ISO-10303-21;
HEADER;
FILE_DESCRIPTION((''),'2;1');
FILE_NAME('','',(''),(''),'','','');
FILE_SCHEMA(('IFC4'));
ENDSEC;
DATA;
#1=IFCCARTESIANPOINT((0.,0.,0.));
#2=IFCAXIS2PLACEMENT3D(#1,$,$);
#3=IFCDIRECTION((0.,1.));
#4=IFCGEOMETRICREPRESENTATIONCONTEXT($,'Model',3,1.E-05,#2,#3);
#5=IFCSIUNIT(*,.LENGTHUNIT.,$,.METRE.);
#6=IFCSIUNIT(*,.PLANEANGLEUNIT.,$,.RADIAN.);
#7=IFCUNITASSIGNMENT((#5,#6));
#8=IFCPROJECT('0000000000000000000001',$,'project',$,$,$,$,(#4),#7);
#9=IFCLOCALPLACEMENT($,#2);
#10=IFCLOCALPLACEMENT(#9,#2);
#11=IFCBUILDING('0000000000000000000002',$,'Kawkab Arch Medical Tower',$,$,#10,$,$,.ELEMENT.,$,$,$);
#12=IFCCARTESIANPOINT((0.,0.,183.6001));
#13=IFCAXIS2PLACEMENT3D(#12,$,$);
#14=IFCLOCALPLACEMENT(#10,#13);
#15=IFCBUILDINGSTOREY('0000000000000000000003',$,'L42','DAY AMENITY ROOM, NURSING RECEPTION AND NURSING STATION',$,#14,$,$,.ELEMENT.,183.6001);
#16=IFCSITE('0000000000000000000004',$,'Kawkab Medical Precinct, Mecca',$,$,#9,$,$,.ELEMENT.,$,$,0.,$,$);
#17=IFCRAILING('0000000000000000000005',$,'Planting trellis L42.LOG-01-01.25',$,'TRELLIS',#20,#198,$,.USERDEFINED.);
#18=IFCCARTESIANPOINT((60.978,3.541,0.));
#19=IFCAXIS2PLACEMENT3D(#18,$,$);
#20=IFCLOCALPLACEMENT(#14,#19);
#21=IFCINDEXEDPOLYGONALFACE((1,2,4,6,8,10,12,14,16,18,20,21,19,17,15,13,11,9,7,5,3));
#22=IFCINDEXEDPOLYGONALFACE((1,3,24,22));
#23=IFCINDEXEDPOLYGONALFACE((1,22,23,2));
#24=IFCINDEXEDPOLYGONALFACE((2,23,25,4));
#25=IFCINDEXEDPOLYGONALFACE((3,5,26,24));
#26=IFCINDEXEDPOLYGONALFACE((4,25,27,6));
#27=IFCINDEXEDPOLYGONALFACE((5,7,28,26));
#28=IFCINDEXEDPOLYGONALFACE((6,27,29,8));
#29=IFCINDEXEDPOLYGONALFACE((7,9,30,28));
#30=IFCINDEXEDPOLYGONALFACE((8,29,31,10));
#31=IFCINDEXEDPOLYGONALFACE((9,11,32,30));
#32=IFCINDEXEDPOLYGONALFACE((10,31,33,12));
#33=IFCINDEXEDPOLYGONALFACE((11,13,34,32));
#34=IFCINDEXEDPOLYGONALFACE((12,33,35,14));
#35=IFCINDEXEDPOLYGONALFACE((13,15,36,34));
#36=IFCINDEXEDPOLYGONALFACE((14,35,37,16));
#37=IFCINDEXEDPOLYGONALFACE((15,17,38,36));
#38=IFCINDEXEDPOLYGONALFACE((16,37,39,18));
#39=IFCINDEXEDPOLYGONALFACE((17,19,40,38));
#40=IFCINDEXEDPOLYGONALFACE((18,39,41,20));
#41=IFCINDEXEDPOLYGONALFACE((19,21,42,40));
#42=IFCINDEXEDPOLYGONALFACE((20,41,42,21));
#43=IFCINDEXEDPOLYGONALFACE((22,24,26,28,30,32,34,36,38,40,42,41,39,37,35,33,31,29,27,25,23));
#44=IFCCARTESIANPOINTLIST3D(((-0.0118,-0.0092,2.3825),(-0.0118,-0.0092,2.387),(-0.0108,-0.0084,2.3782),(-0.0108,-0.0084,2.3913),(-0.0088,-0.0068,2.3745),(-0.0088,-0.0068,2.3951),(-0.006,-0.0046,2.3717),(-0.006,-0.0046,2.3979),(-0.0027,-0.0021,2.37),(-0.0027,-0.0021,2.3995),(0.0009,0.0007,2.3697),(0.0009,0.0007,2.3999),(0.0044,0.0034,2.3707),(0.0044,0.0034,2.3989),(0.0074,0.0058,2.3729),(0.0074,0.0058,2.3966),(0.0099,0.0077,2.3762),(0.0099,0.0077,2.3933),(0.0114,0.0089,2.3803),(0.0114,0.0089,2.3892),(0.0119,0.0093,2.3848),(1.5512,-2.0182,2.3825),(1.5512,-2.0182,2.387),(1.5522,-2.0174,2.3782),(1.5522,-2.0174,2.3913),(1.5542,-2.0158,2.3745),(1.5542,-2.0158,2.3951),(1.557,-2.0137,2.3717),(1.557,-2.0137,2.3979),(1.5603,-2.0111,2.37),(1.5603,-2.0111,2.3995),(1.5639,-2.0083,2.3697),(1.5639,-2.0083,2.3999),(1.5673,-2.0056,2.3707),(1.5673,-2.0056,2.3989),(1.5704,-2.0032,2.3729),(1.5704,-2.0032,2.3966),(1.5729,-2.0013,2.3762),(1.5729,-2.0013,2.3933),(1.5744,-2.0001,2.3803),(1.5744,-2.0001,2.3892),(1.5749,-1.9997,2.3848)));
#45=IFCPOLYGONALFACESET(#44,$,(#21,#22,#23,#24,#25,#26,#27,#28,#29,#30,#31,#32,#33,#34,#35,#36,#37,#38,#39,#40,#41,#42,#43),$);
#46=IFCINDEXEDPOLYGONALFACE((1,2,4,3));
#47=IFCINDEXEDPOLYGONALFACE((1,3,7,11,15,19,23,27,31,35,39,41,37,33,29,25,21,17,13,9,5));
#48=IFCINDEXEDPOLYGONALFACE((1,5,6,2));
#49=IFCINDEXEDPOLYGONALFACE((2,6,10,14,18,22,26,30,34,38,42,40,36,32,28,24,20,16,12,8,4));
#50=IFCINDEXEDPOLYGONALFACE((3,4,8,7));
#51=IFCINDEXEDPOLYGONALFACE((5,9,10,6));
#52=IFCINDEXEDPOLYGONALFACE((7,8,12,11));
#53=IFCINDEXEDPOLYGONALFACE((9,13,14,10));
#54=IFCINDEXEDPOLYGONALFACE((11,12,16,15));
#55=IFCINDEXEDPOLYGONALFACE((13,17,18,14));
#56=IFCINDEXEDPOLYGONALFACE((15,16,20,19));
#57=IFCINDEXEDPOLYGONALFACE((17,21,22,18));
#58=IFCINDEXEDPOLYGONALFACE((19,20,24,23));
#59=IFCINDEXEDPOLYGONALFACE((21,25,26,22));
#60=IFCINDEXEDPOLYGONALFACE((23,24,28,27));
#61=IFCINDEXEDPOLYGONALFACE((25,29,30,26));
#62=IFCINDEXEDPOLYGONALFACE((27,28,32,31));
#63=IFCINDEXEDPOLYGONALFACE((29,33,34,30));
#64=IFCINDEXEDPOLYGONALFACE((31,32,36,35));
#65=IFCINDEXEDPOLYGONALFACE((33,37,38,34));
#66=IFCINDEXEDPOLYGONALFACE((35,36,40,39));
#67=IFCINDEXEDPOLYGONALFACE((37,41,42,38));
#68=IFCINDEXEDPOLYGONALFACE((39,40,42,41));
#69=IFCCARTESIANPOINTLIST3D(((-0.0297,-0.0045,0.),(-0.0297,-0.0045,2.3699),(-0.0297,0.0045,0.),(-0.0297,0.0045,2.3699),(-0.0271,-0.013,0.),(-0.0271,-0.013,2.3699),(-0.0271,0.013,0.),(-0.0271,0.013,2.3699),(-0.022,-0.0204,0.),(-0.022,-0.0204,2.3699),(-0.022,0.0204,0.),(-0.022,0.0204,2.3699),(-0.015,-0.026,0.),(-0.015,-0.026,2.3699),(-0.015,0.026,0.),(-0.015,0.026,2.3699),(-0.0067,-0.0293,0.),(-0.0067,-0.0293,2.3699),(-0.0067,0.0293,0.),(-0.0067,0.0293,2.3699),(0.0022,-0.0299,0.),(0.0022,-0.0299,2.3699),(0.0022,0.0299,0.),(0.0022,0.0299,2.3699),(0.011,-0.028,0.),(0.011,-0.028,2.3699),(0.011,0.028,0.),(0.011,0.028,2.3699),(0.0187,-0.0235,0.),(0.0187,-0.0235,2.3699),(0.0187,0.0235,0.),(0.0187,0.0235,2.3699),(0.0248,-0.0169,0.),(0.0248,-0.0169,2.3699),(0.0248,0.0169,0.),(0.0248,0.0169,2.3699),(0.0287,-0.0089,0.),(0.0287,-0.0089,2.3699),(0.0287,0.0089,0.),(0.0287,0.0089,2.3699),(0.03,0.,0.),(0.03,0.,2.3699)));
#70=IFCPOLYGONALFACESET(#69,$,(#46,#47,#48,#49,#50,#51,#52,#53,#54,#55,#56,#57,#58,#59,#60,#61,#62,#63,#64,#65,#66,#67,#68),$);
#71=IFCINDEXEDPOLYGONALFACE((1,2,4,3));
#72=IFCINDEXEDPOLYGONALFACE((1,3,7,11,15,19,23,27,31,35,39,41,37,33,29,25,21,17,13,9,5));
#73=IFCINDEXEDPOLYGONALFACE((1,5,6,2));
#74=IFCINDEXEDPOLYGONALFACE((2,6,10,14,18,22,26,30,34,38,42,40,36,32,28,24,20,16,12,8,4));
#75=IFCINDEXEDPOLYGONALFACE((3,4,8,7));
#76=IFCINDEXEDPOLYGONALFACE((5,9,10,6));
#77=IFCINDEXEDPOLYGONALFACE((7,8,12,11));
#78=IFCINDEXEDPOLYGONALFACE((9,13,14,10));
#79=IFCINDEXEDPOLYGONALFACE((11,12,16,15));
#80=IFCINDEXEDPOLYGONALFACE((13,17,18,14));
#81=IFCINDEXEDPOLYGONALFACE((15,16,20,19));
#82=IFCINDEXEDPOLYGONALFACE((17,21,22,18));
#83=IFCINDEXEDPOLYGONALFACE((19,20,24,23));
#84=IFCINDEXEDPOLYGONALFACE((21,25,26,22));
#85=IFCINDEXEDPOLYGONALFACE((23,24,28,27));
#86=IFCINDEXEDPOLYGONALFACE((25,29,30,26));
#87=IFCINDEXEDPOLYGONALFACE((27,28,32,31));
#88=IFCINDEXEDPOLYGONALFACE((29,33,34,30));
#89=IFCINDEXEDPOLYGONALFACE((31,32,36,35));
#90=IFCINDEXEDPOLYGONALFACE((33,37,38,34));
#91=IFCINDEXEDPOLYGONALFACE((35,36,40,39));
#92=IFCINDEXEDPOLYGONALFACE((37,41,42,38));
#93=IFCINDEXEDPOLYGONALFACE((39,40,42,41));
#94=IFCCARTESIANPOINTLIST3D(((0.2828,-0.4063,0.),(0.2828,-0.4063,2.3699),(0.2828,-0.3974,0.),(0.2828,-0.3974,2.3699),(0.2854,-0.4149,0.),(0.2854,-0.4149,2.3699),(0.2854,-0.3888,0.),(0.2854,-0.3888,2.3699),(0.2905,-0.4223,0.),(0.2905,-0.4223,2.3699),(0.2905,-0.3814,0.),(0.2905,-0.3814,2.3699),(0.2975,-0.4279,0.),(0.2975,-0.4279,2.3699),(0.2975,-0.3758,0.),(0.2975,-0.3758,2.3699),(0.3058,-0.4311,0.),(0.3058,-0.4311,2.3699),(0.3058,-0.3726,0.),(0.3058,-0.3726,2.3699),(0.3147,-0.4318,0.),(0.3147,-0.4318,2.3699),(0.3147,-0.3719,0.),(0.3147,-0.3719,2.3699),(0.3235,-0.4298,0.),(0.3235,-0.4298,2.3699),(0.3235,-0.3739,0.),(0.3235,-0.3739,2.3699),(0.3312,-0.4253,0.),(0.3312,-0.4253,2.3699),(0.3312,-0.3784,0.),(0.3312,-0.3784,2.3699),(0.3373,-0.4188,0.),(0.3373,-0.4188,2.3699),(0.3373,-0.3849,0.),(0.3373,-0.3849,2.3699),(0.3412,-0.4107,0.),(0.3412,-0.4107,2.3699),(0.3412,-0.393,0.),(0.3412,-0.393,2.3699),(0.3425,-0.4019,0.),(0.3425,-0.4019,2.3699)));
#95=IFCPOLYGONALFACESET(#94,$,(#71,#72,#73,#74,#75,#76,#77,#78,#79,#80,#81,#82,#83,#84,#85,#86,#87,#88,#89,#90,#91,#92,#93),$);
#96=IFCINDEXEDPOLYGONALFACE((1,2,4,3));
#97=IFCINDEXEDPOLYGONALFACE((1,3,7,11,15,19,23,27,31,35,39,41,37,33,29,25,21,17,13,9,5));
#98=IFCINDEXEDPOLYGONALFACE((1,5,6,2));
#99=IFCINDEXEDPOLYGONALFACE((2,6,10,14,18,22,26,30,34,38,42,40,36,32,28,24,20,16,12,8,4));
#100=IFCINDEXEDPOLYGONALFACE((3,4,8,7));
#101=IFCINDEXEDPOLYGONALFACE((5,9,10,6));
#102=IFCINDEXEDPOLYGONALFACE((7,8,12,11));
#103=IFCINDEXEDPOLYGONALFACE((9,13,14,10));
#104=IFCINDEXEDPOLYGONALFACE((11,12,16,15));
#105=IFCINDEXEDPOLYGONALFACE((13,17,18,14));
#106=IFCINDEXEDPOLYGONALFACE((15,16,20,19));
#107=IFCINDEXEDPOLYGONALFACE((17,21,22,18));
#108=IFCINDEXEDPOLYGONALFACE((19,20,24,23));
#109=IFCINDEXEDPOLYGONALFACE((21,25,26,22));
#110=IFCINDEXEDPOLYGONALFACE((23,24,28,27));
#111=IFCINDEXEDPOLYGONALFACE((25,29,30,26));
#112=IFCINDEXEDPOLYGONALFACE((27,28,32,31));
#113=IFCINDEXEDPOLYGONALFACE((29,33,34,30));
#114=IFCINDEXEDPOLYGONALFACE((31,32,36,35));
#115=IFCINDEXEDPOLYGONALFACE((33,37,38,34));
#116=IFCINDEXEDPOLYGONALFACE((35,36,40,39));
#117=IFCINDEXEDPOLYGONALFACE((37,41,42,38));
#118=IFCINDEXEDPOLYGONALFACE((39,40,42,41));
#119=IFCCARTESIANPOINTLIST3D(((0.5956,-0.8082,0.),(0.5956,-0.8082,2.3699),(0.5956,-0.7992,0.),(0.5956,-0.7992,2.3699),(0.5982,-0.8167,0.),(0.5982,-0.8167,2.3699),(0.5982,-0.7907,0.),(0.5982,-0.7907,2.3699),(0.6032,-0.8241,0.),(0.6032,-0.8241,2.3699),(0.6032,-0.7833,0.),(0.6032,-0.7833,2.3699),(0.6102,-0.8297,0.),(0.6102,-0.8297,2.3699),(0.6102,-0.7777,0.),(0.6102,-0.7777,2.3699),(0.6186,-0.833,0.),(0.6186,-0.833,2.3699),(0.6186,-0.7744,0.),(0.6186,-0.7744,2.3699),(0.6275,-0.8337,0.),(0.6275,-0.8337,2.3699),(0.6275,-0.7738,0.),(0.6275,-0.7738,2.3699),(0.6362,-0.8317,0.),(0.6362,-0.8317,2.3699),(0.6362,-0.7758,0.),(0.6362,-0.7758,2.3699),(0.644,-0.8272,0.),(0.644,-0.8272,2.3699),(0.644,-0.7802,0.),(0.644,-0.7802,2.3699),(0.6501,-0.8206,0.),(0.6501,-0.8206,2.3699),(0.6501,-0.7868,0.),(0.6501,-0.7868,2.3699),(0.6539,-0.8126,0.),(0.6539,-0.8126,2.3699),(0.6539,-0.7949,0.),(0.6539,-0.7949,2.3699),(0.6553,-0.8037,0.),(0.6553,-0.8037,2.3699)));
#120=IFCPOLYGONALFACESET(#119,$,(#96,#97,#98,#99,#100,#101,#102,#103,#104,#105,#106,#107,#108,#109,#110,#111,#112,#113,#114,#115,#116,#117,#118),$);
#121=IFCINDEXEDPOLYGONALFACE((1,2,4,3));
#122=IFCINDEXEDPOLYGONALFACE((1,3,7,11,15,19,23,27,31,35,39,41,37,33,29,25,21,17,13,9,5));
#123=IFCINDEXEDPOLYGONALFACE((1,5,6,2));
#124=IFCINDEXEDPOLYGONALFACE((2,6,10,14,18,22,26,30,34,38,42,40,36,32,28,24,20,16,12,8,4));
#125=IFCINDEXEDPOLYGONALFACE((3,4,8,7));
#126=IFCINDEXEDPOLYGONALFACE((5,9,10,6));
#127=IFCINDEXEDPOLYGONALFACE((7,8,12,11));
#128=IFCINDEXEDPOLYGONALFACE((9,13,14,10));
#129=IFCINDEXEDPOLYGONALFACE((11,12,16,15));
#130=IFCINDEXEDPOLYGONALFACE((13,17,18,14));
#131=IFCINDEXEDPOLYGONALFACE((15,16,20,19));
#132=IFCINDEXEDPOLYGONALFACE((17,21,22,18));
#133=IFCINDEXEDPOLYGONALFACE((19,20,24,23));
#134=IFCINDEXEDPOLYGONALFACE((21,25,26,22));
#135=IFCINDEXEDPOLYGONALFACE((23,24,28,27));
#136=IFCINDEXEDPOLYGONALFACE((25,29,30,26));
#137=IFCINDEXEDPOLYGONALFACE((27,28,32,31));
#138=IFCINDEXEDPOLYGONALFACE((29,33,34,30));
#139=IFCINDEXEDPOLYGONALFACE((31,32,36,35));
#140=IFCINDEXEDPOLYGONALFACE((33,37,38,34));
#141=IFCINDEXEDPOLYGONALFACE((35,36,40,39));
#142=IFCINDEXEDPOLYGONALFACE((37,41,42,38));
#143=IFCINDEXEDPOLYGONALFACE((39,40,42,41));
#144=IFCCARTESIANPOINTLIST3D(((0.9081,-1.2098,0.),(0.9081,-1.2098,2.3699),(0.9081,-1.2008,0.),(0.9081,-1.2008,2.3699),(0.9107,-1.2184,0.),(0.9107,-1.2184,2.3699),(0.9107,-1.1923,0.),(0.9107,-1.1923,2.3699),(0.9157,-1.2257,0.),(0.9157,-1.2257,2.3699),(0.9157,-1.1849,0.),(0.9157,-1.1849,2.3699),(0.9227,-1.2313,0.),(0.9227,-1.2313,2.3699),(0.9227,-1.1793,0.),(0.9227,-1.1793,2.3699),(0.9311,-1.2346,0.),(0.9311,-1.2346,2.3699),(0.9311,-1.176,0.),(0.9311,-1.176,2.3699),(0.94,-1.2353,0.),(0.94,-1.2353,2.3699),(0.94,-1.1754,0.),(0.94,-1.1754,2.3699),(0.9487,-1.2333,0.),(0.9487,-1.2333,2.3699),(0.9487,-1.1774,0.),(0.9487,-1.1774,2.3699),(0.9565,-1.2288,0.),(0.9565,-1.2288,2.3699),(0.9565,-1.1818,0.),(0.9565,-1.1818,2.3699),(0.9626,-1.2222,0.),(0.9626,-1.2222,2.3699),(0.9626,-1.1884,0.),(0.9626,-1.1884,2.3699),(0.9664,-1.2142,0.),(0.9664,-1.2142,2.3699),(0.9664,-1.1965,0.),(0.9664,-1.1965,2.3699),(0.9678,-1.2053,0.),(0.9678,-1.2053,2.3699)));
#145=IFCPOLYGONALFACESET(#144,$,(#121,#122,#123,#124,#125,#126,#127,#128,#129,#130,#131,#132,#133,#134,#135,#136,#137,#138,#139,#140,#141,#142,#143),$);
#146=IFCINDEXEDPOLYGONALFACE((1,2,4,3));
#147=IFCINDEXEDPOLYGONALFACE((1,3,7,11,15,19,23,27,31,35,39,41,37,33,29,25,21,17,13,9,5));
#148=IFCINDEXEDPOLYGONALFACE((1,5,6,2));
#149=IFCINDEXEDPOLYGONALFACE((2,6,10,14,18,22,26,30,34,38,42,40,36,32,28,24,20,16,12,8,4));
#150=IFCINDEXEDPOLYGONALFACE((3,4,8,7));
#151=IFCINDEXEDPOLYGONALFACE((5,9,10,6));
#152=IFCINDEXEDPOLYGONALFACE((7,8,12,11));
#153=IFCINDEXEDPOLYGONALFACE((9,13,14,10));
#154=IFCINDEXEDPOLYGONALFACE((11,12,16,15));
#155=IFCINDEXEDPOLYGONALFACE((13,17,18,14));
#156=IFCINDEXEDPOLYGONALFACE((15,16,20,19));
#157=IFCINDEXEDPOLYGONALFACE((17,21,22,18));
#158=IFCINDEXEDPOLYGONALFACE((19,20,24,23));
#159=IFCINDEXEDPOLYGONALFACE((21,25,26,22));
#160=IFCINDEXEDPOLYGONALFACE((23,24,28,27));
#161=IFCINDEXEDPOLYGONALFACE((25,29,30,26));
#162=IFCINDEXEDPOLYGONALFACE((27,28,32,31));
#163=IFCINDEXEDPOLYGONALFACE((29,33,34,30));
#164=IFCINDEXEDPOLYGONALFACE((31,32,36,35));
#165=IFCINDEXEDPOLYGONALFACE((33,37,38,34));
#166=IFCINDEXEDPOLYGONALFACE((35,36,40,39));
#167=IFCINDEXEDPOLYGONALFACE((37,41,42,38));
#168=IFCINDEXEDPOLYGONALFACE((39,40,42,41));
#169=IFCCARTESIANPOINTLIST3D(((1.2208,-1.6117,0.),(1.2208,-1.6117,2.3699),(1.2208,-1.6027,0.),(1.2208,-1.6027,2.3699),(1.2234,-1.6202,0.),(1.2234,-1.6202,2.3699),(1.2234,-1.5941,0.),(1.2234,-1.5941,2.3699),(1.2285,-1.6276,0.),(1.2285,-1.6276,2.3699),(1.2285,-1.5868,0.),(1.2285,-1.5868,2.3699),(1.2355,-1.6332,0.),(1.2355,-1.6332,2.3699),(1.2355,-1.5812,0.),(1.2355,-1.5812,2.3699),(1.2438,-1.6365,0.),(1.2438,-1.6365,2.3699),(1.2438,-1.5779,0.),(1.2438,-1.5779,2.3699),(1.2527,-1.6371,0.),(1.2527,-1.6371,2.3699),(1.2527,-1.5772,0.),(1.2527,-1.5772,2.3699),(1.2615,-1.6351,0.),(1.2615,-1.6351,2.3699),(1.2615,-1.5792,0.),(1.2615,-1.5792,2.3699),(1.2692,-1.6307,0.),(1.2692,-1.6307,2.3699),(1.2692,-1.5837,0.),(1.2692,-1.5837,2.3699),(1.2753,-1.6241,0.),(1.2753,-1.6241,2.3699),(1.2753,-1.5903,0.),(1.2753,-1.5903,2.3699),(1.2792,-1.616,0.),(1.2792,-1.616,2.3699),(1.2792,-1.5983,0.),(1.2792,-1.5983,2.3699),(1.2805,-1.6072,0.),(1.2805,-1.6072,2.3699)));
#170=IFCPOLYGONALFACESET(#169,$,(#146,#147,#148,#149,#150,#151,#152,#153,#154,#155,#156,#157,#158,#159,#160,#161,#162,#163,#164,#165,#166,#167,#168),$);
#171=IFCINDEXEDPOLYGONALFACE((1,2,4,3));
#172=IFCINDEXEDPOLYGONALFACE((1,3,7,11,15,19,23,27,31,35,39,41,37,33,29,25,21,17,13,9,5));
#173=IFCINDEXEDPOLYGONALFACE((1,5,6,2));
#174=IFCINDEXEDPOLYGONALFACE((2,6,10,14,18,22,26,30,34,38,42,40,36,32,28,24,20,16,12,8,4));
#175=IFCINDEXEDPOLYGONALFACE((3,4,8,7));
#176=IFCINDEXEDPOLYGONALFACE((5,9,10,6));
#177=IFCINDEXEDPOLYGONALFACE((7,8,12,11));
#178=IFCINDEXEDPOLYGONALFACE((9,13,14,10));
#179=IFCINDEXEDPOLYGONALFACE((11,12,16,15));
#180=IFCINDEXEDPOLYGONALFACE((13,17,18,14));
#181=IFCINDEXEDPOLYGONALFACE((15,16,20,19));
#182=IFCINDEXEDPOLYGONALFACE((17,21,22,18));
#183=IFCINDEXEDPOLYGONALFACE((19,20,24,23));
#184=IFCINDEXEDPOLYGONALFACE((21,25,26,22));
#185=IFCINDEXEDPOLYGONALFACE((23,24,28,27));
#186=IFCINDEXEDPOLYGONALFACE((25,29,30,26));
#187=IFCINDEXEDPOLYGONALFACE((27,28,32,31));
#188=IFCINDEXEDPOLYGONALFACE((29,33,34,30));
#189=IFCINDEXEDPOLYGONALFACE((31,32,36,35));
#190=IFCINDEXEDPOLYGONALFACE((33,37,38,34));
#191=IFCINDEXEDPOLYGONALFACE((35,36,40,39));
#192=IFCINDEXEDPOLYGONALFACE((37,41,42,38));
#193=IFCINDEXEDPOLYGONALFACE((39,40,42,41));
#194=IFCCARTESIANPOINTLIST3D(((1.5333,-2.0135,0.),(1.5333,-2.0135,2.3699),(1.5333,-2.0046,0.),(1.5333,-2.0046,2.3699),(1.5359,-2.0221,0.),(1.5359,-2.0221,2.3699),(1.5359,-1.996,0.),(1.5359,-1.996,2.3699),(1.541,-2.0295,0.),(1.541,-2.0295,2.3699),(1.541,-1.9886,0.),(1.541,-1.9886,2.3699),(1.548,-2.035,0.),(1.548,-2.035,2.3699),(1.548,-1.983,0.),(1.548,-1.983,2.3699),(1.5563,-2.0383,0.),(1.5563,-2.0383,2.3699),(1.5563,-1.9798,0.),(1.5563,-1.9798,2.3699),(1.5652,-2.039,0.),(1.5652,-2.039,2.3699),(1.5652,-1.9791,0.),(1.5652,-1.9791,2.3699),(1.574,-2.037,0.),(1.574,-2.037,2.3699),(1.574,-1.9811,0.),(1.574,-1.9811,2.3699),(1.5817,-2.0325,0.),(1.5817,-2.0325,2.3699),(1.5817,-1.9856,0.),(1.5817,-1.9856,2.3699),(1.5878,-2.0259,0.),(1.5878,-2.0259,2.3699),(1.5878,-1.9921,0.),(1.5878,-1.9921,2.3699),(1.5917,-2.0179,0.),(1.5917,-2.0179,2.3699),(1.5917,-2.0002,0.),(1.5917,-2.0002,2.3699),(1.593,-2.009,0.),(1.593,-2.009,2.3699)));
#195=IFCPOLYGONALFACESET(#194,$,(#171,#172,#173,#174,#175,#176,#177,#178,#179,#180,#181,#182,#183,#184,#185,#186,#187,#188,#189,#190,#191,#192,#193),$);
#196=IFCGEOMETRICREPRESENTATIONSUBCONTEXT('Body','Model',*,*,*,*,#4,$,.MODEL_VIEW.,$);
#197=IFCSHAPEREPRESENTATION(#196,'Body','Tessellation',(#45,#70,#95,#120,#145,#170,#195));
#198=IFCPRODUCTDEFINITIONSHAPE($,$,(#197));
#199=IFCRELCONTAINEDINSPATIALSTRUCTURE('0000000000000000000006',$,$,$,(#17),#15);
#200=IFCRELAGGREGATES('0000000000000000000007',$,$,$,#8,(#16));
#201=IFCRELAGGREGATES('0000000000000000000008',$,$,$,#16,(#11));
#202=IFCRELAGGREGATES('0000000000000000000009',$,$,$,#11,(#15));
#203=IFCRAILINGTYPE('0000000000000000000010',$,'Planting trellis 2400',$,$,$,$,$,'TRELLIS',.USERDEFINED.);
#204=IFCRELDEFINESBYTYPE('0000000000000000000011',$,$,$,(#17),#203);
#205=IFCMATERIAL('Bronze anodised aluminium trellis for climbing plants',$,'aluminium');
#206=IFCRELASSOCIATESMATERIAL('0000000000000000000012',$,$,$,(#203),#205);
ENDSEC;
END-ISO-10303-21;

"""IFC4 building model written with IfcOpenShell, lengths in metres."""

from ifc_helpers import new_model, si_unit, direction, frame, origin, origin_2d, place, context, subcontext, project, spatial, circle, extrude, material, type_object, element, save


model = new_model("IFC4")

# Units and contexts
model_context = context("Model", 3, precision=1e-05, world=origin(), true_north=direction((0.0, 1.0)))
body_context = subcontext(model_context, "Body", "Model", "MODEL_VIEW")
ifc_project = project(units=[si_unit("LENGTHUNIT", "METRE"), si_unit("PLANEANGLEUNIT", "RADIAN")], contexts=[model_context])

# Site, building, storey
site_placement = place(None, origin())
site = spatial("IfcSite", under=ifc_project, at=site_placement, Name="Kawkab Medical Precinct, Mecca", CompositionType="ELEMENT", RefElevation=0.0)
building_placement = place(site_placement, origin())
building = spatial("IfcBuilding", under=site, at=building_placement, Name="Kawkab Arch Medical Tower", CompositionType="ELEMENT")
storey_placement = place(building_placement, frame((0.0, 0.0, 183.6001)))
storey = spatial("IfcBuildingStorey", under=building, at=storey_placement, Name="L42", Description="DAY AMENITY ROOM, NURSING RECEPTION AND NURSING STATION", CompositionType="ELEMENT", Elevation=183.6001)

# Railing
ifc_material_1 = material(Name="Bronze anodised aluminium trellis for climbing plants", Category="aluminium")
railing_type_1 = type_object("IfcRailingType", Name="Planting trellis 2400", ElementType="TRELLIS", PredefinedType="USERDEFINED", material=ifc_material_1)
railing_1_placement = place(storey_placement, frame((60.978, 3.541, 0.0)))
element("IfcRailing", 1, at=railing_1_placement, inside=storey, type_object=railing_type_1, Name="Planting trellis L42.LOG-01-01.25", ObjectType="TRELLIS", PredefinedType="USERDEFINED", context=body_context, shape_type="SweptSolid", body=[
    extrude(circle(Radius=0.0151, at=origin_2d()), frame((0.0, 0.0, 2.3848), z_axis=(0.61404, -0.789275, 0.0), x_axis=(0.789275, 0.61404, 0.0)), (0.0, 0.0, 1.0), 2.5454),
    extrude(circle(Radius=0.03, at=origin_2d()), origin(), (0.0, 0.0, 1.0), 2.3699),
    extrude(circle(Radius=0.03, at=origin_2d()), frame((0.3125, -0.4019, 0.0)), (0.0, 0.0, 1.0), 2.3699),
    extrude(circle(Radius=0.03, at=origin_2d()), frame((0.6252, -0.8037, 0.0)), (0.0, 0.0, 1.0), 2.3699),
    extrude(circle(Radius=0.03, at=origin_2d()), frame((0.9377, -1.2053, 0.0)), (0.0, 0.0, 1.0), 2.3699),
    extrude(circle(Radius=0.03, at=origin_2d()), frame((1.2505, -1.6072, 0.0)), (0.0, 0.0, 1.0), 2.3699),
    extrude(circle(Radius=0.03, at=origin_2d()), frame((1.563, -2.009, 0.0)), (0.0, 0.0, 1.0), 2.3699),
])

save(model, "model.ifc")
